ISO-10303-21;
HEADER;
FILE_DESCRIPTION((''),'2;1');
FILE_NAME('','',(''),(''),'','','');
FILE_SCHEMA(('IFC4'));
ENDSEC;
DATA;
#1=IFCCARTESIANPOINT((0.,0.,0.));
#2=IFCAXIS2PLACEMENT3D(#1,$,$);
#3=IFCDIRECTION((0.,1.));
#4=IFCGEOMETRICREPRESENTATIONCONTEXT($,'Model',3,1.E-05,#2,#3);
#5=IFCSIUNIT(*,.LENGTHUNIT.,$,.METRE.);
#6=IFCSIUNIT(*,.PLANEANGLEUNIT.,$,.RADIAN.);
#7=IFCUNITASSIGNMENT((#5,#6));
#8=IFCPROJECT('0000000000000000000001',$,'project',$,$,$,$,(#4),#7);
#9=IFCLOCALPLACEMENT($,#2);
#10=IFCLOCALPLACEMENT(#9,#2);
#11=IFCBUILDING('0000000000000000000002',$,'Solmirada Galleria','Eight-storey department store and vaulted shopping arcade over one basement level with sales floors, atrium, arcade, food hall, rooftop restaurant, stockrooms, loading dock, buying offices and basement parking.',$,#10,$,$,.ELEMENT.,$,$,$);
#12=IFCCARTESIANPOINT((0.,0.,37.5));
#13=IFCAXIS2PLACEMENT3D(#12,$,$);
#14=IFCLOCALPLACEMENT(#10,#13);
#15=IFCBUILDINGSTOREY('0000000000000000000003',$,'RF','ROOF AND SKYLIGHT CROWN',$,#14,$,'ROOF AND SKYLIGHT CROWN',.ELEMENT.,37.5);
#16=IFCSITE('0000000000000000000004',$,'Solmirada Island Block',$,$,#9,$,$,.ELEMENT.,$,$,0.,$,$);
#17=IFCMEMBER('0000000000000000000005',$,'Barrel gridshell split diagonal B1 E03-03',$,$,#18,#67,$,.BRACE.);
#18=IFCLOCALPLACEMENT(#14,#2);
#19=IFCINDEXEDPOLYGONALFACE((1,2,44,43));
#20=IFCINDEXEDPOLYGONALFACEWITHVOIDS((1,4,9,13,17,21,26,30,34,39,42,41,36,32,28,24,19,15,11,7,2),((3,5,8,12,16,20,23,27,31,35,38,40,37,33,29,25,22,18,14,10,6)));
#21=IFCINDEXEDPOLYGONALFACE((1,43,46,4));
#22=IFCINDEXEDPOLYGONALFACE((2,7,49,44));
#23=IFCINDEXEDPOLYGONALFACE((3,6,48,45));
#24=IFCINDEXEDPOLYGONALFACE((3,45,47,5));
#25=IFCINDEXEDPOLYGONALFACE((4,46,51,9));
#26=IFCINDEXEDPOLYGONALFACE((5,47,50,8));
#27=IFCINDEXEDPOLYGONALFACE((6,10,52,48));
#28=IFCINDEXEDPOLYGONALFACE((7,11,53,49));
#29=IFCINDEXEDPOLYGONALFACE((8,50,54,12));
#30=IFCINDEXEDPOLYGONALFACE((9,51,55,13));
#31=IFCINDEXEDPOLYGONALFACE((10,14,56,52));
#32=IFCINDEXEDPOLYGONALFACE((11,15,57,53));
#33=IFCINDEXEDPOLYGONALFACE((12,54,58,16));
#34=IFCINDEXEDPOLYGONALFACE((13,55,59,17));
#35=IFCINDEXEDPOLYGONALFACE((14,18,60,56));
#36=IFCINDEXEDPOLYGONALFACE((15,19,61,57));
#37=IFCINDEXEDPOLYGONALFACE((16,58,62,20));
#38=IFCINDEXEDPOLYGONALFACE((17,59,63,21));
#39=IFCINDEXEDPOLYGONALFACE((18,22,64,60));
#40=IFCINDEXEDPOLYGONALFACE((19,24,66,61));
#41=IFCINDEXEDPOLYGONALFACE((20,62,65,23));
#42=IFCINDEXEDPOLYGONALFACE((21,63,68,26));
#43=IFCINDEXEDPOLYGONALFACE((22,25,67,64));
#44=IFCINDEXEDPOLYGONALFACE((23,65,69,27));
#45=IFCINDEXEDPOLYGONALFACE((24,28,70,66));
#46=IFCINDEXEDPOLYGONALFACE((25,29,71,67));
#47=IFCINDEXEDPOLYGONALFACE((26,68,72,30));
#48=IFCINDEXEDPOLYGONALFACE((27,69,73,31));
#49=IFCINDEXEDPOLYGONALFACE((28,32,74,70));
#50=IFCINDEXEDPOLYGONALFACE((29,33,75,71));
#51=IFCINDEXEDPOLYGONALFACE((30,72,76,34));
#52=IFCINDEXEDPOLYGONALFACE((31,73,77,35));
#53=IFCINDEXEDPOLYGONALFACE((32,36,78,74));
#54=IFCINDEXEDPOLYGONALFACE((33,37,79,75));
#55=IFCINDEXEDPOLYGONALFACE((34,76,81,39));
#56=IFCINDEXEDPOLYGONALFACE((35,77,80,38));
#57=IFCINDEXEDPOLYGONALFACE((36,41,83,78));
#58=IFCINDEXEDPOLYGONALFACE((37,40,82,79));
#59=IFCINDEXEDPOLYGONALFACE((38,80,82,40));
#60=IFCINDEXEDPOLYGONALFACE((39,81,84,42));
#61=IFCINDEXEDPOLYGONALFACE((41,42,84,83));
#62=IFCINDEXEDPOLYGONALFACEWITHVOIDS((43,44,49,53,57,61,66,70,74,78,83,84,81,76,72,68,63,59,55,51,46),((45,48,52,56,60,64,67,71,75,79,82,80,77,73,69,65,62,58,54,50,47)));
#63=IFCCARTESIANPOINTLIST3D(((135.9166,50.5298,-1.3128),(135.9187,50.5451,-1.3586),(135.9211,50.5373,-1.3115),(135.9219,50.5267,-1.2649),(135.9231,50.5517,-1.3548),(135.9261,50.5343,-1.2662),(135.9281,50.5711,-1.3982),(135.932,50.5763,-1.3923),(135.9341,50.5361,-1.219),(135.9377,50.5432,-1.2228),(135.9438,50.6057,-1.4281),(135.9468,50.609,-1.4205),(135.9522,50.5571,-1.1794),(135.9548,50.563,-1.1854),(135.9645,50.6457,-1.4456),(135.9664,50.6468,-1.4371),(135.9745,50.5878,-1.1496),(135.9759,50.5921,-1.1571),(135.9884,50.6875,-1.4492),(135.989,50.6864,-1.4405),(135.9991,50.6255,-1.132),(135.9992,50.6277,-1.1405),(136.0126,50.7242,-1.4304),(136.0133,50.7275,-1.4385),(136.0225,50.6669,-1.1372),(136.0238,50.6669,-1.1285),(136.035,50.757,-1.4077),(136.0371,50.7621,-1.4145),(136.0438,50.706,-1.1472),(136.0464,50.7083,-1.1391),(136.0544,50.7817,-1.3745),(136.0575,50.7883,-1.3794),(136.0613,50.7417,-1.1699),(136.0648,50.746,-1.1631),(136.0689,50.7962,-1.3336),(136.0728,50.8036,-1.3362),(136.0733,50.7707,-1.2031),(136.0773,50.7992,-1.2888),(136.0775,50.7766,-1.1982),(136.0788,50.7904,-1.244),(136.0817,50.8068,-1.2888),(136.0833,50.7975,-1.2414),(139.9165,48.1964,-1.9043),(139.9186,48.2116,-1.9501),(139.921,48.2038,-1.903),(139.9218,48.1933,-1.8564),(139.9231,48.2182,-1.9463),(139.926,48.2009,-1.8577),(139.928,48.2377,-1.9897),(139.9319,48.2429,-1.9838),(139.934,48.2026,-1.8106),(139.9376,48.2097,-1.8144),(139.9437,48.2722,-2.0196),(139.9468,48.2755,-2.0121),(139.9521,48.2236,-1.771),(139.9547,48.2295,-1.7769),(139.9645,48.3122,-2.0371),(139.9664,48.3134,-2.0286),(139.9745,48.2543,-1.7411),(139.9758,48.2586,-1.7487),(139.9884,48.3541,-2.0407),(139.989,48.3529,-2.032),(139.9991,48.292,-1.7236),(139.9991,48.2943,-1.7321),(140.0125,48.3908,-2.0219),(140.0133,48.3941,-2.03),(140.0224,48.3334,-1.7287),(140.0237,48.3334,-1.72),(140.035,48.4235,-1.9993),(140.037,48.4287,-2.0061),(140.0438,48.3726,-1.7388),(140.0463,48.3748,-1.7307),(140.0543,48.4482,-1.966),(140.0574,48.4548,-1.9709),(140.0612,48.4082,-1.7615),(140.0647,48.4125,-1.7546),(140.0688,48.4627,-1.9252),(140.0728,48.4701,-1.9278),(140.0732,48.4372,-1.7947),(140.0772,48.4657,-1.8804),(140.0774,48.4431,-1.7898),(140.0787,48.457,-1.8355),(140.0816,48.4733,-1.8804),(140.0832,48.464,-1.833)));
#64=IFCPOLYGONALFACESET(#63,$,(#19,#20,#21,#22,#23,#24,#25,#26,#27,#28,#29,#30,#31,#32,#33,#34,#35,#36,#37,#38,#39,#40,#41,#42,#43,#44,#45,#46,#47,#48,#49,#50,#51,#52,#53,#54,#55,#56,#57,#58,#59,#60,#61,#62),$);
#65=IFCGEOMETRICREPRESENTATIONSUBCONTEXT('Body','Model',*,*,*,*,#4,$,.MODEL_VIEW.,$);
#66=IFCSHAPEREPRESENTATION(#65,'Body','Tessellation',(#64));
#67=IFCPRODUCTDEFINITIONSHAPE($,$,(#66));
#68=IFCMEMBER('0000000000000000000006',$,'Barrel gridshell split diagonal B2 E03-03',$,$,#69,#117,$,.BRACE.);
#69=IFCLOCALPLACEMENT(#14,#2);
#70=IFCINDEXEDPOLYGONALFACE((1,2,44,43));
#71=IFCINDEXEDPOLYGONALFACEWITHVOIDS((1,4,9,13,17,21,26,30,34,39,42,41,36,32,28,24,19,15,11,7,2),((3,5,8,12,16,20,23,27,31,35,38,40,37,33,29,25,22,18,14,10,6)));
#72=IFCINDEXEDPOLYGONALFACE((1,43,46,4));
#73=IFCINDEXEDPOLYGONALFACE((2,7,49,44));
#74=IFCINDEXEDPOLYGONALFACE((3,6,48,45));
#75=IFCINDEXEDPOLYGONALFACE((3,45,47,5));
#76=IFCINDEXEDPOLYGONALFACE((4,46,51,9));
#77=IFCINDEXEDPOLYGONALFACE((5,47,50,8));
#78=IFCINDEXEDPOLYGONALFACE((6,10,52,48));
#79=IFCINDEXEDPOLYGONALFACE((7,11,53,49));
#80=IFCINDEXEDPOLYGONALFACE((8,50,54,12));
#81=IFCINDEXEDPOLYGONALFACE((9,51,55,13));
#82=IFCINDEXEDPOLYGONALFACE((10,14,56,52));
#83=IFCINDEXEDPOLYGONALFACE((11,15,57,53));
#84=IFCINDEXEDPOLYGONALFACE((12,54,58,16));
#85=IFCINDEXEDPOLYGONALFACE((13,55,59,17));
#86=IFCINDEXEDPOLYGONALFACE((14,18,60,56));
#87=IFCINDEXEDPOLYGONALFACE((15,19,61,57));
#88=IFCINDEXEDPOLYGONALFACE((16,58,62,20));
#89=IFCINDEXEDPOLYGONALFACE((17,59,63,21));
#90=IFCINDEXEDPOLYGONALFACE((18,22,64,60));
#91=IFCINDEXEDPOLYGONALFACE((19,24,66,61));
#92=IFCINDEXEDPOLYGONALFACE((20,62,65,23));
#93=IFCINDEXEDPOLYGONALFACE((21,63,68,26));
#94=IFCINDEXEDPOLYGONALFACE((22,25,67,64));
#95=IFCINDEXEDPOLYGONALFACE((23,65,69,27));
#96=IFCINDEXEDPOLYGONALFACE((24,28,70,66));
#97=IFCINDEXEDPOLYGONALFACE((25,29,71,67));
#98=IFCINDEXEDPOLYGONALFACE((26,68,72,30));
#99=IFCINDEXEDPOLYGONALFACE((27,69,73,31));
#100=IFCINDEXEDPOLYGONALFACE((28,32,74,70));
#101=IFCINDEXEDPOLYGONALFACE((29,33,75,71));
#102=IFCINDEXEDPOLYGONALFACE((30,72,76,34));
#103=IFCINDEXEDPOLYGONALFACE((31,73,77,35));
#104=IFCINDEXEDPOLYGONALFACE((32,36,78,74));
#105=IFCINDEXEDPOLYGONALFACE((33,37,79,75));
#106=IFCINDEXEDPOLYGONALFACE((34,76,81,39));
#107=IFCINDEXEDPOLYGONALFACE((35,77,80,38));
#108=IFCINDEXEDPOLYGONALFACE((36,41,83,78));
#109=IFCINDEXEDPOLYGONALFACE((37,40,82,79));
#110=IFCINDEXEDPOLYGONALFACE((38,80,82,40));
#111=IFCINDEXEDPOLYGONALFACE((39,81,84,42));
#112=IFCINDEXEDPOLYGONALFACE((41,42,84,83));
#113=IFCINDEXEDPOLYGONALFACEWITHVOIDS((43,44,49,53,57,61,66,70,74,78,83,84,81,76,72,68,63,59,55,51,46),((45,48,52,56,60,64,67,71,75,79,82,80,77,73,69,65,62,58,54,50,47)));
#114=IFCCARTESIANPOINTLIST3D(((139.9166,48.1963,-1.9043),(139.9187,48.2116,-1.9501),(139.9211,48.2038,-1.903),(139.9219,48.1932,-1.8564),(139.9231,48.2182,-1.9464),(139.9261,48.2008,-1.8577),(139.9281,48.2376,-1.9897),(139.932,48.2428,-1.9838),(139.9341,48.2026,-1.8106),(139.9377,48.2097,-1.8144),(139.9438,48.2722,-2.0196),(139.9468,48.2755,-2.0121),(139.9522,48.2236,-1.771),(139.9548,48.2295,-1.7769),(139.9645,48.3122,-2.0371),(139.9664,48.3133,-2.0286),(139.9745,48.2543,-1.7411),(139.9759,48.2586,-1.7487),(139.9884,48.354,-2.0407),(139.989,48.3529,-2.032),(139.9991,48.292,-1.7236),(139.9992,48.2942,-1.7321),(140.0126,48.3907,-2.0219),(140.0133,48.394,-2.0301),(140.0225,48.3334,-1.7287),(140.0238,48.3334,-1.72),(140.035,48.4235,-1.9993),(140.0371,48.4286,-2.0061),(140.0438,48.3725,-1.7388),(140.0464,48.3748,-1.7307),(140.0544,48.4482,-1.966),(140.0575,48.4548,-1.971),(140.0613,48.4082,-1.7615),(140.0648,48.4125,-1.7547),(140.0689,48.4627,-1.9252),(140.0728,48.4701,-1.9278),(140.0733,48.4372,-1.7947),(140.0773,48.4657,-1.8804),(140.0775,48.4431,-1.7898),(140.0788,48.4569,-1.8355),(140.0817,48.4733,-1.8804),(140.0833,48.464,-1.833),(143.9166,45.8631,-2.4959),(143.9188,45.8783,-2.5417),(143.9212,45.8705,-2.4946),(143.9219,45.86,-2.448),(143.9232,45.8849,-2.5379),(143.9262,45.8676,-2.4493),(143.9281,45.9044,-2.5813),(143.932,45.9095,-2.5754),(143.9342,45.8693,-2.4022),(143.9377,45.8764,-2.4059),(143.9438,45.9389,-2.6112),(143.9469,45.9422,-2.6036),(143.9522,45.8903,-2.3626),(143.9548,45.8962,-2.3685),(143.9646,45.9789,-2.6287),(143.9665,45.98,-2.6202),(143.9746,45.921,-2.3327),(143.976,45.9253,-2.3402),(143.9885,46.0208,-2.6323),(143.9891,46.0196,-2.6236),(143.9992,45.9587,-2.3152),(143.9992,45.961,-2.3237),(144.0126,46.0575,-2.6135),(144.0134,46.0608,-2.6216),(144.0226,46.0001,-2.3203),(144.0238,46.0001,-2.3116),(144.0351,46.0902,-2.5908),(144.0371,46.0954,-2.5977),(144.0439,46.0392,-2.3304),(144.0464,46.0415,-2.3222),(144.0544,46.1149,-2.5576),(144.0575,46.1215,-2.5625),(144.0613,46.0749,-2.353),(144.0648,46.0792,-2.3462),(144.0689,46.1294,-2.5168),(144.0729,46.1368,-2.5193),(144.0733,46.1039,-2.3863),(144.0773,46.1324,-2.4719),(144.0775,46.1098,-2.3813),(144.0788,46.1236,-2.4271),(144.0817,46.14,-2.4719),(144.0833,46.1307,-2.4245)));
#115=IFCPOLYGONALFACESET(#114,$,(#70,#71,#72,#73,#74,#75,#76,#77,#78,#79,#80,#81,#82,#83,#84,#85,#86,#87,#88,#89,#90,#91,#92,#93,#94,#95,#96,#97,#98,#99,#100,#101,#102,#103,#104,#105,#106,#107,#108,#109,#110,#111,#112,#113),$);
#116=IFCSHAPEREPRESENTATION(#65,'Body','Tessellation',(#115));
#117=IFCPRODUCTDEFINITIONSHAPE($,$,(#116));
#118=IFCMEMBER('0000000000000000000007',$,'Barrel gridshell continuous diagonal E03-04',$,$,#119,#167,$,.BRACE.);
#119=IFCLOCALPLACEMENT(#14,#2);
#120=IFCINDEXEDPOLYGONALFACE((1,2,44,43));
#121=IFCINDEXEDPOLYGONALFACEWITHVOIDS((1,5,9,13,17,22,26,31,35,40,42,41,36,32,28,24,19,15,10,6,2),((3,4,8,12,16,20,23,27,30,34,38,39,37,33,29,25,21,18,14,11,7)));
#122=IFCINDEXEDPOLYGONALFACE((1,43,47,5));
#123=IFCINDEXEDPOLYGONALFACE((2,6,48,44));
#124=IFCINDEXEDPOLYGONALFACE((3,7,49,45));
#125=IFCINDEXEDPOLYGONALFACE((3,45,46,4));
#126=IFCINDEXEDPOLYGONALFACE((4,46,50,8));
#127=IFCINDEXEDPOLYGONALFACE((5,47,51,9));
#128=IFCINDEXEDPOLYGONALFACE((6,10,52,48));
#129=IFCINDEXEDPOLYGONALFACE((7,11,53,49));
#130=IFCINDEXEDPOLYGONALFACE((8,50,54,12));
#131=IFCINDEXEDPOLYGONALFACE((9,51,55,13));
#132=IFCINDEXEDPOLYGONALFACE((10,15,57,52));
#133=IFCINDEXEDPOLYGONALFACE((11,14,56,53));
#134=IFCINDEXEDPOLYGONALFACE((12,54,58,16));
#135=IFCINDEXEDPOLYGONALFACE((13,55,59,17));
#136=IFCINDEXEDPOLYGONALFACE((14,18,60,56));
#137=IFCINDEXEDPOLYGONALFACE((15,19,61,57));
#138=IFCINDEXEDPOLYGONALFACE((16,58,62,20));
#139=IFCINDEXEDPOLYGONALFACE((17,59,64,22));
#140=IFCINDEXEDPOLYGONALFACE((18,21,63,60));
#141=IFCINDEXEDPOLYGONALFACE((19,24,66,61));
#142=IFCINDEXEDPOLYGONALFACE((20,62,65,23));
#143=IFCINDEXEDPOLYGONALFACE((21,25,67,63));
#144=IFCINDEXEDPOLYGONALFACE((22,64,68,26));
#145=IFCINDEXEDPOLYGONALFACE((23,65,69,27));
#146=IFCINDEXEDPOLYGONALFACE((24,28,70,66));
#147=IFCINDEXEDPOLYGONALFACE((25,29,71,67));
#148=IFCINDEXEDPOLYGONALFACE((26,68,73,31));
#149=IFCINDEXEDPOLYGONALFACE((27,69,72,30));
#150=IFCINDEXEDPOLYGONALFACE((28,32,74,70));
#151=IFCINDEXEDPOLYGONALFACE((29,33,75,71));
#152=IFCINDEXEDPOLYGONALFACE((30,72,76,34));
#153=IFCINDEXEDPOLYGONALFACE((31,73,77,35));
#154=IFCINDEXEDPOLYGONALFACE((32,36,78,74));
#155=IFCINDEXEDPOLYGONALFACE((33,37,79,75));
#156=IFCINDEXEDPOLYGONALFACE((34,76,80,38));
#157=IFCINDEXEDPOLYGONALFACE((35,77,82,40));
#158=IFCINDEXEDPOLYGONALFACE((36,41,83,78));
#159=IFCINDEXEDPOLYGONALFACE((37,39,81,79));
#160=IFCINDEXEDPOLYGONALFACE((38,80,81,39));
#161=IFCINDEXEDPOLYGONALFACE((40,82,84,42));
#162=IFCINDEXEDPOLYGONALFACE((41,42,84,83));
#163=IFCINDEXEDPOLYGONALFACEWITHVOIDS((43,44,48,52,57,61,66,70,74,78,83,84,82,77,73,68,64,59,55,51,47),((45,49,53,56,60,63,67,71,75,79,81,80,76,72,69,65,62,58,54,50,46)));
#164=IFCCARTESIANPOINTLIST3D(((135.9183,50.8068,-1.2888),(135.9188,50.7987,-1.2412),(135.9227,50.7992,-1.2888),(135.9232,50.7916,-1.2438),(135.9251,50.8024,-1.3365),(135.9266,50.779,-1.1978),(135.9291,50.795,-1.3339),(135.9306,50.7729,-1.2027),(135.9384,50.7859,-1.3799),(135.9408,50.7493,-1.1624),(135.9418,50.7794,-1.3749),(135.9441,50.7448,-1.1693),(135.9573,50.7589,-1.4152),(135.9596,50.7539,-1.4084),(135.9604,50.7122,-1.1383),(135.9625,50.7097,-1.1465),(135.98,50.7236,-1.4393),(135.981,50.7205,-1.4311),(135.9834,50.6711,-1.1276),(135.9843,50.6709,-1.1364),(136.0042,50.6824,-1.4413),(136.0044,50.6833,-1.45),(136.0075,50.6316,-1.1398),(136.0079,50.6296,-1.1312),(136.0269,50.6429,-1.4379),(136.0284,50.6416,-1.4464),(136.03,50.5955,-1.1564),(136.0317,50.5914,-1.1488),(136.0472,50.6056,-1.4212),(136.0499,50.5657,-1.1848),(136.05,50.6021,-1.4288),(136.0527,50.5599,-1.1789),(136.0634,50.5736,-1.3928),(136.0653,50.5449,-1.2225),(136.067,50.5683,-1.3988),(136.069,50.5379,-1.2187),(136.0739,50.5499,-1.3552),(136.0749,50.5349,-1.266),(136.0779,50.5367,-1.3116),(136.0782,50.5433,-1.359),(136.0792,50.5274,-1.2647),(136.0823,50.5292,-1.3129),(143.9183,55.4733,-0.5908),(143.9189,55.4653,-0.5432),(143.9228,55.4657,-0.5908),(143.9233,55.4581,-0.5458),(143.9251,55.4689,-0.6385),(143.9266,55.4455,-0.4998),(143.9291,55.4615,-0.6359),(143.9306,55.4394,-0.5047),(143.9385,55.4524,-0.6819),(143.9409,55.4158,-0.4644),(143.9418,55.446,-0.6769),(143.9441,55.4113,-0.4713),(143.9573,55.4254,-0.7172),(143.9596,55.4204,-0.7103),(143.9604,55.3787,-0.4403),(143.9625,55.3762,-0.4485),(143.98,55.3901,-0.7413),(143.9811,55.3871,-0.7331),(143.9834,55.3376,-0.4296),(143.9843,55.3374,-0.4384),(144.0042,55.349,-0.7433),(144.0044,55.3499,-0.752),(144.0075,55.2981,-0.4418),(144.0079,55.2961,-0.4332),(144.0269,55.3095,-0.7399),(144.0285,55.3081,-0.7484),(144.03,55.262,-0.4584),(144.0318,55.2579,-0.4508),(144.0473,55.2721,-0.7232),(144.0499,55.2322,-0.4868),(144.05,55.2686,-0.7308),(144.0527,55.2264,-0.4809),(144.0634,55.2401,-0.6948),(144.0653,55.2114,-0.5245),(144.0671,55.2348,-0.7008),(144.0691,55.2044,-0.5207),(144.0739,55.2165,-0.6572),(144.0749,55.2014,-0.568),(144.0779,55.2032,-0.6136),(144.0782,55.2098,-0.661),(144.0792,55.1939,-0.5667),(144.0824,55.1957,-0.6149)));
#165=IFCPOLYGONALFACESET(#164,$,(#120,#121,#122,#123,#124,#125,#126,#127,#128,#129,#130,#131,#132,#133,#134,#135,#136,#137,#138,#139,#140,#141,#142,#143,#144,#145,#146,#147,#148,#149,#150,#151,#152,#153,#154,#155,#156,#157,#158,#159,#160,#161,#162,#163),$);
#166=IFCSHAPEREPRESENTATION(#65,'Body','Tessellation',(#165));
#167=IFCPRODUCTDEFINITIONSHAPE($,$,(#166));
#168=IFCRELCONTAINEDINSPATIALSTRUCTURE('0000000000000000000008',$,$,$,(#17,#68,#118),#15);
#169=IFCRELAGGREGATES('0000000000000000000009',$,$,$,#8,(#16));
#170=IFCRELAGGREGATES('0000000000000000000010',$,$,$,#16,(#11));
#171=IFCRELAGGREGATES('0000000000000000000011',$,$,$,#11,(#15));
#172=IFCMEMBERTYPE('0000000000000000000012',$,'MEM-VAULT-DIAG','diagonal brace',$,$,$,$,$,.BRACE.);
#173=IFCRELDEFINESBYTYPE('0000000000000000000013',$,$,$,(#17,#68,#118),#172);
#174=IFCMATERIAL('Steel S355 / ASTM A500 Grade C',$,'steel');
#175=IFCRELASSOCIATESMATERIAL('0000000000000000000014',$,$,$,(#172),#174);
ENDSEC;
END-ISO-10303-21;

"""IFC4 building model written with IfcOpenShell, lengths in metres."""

from ifc_helpers import new_model, si_unit, direction, frame, origin, origin_2d, place, context, subcontext, project, spatial, hollow_circle, extrude, material, material_profile, profile_set, type_object, element, save


model = new_model("IFC4")

# Units and contexts
model_context = context("Model", 3, precision=1e-05, world=origin(), true_north=direction((0.0, 1.0)))
body_context = subcontext(model_context, "Body", "Model", "MODEL_VIEW")
ifc_project = project(units=[si_unit("LENGTHUNIT", "METRE"), si_unit("PLANEANGLEUNIT", "RADIAN")], contexts=[model_context])

# Site, building, storey
site_placement = place(None, origin())
site = spatial("IfcSite", under=ifc_project, at=site_placement, Name="Solmirada Island Block", CompositionType="ELEMENT", RefElevation=0.0)
building_placement = place(site_placement, origin())
building = spatial("IfcBuilding", under=site, at=building_placement, Name="Solmirada Galleria", Description="Eight-storey department store and vaulted shopping arcade over one basement level with sales floors, atrium, arcade, food hall, rooftop restaurant, stockrooms, loading dock, buying offices and basement parking.", CompositionType="ELEMENT")
storey_placement = place(building_placement, frame((0.0, 0.0, 37.5)))
storey = spatial("IfcBuildingStorey", under=building, at=storey_placement, Name="RF", Description="ROOF AND SKYLIGHT CROWN", LongName="ROOF AND SKYLIGHT CROWN", CompositionType="ELEMENT", Elevation=37.5)

# Members
ifc_material_1 = material(Name="Steel S355 / ASTM A500 Grade C", Category="steel")
ifc_material_profile_1 = material_profile(ifc_material_1, hollow_circle(Radius=0.1621, WallThickness=0.0088, at=origin_2d()), Name="HSS12.750X0.375")
ifc_profile_set_1 = profile_set([ifc_material_profile_1], Name="Steel S355 / ASTM A500 Grade C")
member_type_1 = type_object("IfcMemberType", Name="MEM-VAULT-DIAG", Description="diagonal brace", PredefinedType="BRACE", material=ifc_profile_set_1)
for number, where, z_axis, x_axis, name in (
    (1, (136.0, 50.6667, -1.2888), (0.856801, -0.499836, -0.126711), (0.503897, 0.863764, 0.0), "Barrel gridshell split diagonal B1 E03-03"),
    (2, (140.0, 48.3333, -1.8804), (0.856824, -0.499796, -0.126714), (0.503858, 0.863787, 0.0), "Barrel gridshell split diagonal B2 E03-03"),
):
    element("IfcMember", number, at=place(storey_placement, frame(where, z_axis=z_axis, x_axis=x_axis)), inside=storey, type_object=member_type_1, Name=name, PredefinedType="BRACE", context=body_context, shape_type="SweptSolid", body=[
        extrude(hollow_circle(Radius=0.1621, WallThickness=0.0088, at=origin_2d()), origin(), (0.0, 0.0, 1.0), 4.6685),
    ])
member_1_placement = place(storey_placement, frame((136.0, 50.6667, -1.2888), z_axis=(0.861344, 0.502433, 0.075152), x_axis=(-0.503858, 0.863787, 0.0)))
element("IfcMember", 3, at=member_1_placement, inside=storey, type_object=member_type_1, Name="Barrel gridshell continuous diagonal E03-04", PredefinedType="BRACE", context=body_context, shape_type="SweptSolid", body=[
    extrude(hollow_circle(Radius=0.1621, WallThickness=0.0088, at=origin_2d()), origin(), (0.0, 0.0, 1.0), 9.2878),
])

save(model, "model.ifc")
